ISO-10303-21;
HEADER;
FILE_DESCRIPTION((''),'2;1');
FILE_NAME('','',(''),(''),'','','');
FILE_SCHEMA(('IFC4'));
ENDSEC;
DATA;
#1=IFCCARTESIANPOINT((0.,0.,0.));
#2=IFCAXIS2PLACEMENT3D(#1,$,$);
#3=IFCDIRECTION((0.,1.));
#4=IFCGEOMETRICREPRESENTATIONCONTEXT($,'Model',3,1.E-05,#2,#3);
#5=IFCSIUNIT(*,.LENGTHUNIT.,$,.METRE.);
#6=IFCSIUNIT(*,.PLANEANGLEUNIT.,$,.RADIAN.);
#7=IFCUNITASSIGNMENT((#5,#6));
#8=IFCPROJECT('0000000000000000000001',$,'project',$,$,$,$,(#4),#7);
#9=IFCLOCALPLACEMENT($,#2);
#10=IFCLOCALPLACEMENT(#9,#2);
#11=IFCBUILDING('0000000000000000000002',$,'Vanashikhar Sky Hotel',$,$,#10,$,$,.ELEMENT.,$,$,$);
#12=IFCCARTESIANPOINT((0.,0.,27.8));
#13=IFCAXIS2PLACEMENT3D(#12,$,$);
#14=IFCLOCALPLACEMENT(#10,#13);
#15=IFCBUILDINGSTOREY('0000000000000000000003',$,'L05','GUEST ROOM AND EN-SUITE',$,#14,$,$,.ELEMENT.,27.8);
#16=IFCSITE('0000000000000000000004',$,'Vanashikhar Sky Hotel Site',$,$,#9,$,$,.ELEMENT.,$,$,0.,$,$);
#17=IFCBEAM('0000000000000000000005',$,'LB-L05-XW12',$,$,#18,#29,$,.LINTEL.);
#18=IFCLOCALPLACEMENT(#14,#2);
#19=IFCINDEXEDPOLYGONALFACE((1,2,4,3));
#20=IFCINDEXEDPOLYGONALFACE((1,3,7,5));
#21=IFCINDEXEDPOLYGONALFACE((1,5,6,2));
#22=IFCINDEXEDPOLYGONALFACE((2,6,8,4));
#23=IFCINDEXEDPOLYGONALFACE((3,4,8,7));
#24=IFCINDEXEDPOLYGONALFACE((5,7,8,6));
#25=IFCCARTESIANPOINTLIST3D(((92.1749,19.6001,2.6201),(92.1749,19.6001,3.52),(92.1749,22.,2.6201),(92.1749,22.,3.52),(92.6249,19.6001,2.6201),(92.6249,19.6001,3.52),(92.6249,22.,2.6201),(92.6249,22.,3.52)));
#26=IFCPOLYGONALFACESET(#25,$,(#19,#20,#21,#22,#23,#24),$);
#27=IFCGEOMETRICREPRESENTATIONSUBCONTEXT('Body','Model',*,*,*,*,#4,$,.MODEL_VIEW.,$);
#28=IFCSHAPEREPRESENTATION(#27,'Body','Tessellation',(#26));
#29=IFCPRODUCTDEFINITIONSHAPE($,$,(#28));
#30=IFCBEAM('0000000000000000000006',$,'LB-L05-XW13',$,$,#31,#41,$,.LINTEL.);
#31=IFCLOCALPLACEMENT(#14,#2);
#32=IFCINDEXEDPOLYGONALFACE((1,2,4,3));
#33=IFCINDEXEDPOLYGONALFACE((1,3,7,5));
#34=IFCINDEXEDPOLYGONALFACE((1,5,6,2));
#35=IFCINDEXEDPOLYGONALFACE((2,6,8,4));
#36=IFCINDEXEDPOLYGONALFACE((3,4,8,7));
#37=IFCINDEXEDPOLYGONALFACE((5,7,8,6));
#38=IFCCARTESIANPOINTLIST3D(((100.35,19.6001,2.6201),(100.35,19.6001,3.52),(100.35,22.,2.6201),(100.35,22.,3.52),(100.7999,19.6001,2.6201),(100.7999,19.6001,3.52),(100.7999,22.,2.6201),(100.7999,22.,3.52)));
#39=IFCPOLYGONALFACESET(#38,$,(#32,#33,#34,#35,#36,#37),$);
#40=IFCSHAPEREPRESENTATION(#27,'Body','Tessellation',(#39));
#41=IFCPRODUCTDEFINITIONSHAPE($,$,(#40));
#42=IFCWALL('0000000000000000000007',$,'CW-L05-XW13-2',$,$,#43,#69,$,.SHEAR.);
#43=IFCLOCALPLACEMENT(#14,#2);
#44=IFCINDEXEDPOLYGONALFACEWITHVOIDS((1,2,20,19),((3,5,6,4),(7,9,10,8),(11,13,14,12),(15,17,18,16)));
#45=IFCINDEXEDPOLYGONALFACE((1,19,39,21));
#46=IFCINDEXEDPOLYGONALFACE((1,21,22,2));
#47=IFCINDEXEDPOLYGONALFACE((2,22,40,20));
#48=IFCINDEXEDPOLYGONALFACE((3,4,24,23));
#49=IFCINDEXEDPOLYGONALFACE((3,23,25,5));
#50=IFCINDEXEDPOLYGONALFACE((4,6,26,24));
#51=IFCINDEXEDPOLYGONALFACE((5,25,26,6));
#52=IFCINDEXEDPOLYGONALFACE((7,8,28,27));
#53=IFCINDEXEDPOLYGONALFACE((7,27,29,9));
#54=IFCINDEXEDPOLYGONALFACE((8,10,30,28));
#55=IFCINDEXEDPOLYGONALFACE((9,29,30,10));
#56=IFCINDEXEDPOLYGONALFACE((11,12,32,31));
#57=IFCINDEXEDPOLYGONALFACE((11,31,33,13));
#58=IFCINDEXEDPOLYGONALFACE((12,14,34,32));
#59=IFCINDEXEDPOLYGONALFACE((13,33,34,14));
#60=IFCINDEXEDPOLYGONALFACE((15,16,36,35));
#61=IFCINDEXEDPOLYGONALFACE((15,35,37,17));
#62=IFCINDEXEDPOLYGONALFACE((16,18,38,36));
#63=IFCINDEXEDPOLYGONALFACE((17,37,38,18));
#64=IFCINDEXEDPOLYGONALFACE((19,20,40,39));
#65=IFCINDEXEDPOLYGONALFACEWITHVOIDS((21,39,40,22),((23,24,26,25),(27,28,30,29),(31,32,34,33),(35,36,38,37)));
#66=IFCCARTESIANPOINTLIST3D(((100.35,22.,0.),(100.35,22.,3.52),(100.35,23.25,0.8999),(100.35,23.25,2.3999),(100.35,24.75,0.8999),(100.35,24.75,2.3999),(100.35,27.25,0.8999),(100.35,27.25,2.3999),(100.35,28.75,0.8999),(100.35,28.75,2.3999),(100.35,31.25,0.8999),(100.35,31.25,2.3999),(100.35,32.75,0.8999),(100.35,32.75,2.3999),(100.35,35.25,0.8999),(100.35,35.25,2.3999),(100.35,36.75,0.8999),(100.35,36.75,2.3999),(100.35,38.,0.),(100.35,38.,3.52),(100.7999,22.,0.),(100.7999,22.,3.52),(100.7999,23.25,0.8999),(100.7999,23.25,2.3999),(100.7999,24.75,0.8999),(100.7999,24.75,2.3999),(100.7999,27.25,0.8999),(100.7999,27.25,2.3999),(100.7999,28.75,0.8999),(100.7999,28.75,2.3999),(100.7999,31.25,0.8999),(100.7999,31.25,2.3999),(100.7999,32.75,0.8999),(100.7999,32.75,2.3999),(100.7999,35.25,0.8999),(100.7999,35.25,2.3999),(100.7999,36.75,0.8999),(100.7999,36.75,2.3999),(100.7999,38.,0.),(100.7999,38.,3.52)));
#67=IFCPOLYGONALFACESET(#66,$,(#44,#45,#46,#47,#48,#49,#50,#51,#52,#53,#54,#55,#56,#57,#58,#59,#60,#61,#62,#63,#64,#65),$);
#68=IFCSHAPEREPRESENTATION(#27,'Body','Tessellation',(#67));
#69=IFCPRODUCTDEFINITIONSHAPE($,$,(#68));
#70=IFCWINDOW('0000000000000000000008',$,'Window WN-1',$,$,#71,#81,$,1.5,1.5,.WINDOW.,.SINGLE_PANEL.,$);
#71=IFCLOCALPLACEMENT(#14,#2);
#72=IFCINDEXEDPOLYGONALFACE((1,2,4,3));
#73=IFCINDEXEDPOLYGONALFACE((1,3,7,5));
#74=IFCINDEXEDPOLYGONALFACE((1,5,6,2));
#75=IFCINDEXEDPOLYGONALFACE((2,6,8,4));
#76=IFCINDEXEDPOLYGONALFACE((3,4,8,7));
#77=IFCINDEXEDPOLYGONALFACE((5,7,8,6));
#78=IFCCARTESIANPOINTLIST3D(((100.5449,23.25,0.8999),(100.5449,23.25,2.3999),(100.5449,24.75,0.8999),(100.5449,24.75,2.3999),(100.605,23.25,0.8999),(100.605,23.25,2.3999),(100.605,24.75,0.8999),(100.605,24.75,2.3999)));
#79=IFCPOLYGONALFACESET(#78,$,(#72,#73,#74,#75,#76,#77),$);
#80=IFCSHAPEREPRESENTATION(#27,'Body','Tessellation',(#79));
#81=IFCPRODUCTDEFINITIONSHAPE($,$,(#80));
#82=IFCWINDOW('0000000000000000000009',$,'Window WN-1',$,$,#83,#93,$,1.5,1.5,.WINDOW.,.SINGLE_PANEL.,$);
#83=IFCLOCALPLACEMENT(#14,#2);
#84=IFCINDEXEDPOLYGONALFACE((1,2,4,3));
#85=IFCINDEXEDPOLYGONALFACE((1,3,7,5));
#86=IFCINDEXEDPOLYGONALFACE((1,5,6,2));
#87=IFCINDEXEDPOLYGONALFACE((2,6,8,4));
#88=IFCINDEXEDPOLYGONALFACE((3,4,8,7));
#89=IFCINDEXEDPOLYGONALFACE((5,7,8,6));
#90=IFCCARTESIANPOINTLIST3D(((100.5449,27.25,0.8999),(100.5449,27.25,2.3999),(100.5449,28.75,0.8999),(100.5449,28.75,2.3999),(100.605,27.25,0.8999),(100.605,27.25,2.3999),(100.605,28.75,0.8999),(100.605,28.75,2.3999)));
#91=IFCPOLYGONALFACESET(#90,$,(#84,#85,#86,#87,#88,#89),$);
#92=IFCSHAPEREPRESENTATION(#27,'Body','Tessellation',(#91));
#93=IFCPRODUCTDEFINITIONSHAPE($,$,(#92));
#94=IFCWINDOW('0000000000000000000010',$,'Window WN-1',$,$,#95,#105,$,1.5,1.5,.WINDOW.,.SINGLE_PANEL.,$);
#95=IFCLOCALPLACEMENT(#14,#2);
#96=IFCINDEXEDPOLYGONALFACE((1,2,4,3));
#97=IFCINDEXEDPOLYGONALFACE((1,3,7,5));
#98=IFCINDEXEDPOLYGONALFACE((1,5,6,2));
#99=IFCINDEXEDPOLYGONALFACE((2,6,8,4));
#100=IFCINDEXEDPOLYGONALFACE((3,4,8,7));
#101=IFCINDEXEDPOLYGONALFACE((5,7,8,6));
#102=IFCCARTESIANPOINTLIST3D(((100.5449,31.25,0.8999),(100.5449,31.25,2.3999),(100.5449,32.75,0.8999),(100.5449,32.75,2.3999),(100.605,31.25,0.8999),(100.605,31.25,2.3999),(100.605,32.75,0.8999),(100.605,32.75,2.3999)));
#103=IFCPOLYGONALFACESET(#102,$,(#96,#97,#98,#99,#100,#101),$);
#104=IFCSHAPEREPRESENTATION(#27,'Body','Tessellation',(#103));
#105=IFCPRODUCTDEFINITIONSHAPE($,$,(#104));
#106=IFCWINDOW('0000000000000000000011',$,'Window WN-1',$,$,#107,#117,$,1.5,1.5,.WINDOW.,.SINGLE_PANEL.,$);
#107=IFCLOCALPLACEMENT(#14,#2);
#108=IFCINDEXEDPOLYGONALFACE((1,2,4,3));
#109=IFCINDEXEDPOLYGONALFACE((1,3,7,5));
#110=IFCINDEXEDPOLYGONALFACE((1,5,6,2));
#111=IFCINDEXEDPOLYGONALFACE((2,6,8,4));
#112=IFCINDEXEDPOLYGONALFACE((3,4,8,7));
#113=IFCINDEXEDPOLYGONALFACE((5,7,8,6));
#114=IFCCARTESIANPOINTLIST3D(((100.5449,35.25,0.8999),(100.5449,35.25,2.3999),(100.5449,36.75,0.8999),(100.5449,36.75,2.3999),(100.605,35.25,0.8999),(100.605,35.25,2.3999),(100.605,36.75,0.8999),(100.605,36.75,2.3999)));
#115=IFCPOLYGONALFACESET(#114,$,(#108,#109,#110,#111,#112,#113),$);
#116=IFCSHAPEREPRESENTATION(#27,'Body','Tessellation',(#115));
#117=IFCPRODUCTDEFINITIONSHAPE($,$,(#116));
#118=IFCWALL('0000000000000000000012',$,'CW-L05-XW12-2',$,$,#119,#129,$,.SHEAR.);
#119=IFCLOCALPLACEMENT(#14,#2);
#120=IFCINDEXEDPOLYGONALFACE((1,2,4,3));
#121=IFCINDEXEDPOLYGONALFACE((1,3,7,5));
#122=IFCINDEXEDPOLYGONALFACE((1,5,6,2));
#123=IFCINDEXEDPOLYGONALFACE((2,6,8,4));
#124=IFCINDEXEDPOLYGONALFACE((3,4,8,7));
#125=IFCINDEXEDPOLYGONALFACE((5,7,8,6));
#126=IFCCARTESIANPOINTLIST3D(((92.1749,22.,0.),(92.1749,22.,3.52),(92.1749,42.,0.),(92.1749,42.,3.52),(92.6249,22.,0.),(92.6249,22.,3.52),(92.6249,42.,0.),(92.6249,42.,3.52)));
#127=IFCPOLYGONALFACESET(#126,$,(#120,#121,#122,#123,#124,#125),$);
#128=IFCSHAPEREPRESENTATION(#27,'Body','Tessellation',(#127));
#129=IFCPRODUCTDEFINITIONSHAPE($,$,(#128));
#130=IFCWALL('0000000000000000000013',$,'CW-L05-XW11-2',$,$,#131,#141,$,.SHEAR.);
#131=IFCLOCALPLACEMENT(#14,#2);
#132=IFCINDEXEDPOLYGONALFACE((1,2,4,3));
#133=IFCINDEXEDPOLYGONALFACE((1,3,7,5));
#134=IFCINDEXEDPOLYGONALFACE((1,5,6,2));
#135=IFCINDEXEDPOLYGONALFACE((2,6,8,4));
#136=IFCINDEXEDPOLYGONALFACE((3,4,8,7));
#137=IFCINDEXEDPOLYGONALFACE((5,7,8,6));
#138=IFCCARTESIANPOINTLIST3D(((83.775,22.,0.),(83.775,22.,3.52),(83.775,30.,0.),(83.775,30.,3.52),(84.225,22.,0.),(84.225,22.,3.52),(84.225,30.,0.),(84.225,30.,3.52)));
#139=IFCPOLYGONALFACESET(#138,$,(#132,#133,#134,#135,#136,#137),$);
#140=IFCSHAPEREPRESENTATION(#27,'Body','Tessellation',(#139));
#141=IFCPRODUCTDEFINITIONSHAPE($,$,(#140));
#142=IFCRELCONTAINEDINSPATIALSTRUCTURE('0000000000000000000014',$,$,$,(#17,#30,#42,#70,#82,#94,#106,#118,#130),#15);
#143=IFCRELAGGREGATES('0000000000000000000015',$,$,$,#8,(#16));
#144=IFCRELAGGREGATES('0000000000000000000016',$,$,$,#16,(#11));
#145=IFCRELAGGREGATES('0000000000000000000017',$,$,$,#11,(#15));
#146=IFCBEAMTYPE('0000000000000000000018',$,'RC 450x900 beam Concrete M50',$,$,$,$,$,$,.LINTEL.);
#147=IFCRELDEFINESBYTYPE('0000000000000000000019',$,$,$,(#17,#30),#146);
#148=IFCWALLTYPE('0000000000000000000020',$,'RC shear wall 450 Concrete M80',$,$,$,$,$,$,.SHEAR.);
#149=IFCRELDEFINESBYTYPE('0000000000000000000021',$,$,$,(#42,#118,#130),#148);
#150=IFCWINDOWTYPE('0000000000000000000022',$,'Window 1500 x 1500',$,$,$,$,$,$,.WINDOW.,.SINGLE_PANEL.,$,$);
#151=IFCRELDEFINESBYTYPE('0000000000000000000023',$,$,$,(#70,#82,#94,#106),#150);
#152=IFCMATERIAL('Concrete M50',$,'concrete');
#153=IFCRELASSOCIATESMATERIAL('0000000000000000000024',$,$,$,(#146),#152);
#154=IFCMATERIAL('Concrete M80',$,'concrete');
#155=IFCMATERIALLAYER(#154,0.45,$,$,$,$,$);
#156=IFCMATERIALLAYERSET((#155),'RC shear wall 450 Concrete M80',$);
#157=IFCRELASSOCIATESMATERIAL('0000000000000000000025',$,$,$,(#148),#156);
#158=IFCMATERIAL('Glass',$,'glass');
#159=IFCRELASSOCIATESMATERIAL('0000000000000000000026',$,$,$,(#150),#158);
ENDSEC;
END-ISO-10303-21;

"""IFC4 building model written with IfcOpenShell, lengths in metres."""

from ifc_helpers import new_model, si_unit, direction, frame, frame_2d, origin, origin_2d, place, context, subcontext, project, spatial, rectangle, extrude, source, transform, mapped, material, layer, layer_set, material_profile, profile_set, type_object, element, fill, save


model = new_model("IFC4")

# Units and contexts
model_context = context("Model", 3, precision=1e-05, world=origin(), true_north=direction((0.0, 1.0)))
body_context = subcontext(model_context, "Body", "Model", "MODEL_VIEW")
ifc_project = project(units=[si_unit("LENGTHUNIT", "METRE"), si_unit("PLANEANGLEUNIT", "RADIAN")], contexts=[model_context])

# Site, building, storey
site_placement = place(None, origin())
site = spatial("IfcSite", under=ifc_project, at=site_placement, Name="Vanashikhar Sky Hotel Site", CompositionType="ELEMENT", RefElevation=0.0)
building_placement = place(site_placement, origin())
building = spatial("IfcBuilding", under=site, at=building_placement, Name="Vanashikhar Sky Hotel", CompositionType="ELEMENT")
storey_placement = place(building_placement, frame((0.0, 0.0, 27.8)))
storey = spatial("IfcBuildingStorey", under=building, at=storey_placement, Name="L05", Description="GUEST ROOM AND EN-SUITE", CompositionType="ELEMENT", Elevation=27.8)

# Beams
ifc_material_1 = material(Name="Concrete M50", Category="concrete")
ifc_material_profile = material_profile(ifc_material_1, rectangle(XDim=0.45, YDim=0.8999, at=origin_2d()))
ifc_profile_set = profile_set([ifc_material_profile], Name="RC 450x900 beam Concrete M50")
beam_type = type_object("IfcBeamType", Name="RC 450x900 beam Concrete M50", PredefinedType="LINTEL", material=ifc_profile_set)
shared_shape_1 = source(origin(), body_context, "Body", "SweptSolid", [
    extrude(rectangle(XDim=0.45, YDim=0.8999, at=origin_2d()), origin(), (0.0, 0.0, 1.0), 2.3999),
])
for number, where, z_axis, x_axis, name in (
    (1, (92.3999, 19.6001, 3.0701), (0.0, 1.0, 0.0), (-1.0, 0.0, 0.0), "LB-L05-XW12"),
    (2, (100.575, 19.6001, 3.0701), (0.0, 1.0, 0.0), (-1.0, 0.0, 0.0), "LB-L05-XW13"),
):
    element("IfcBeam", number, at=place(storey_placement, frame(where, z_axis=z_axis, x_axis=x_axis)), inside=storey, type_object=beam_type, Name=name, PredefinedType="LINTEL", context=body_context, shape_type="MappedRepresentation", body=[
        mapped(shared_shape_1, transform((0.0, 0.0, 0.0), scale=1.0)),
    ])

# Wall, openings, windows
ifc_material_2 = material(Name="Concrete M80", Category="concrete")
ifc_layer_1 = layer(ifc_material_2, 0.45)
ifc_layer_set_1 = layer_set([ifc_layer_1], Name="RC shear wall 450 Concrete M80")
wall_type_1 = type_object("IfcWallType", Name="RC shear wall 450 Concrete M80", PredefinedType="SHEAR", material=ifc_layer_set_1)
shared_shape_2 = source(origin(), body_context, "Body", "SweptSolid", [
    extrude(rectangle(XDim=16.0, YDim=0.45, at=frame_2d((8.0, 0.0))), origin(), (0.0, 0.0, 1.0), 3.52),
])
wall_1_placement = place(storey_placement, frame((100.575, 22.0, 0.0), z_axis=(0.0, 0.0, 1.0), x_axis=(0.0, 1.0, 0.0)))
wall_1 = element("IfcWall", 3, at=wall_1_placement, inside=storey, type_object=wall_type_1, Name="CW-L05-XW13-2", PredefinedType="SHEAR", context=body_context, shape_type="MappedRepresentation", body=[
    mapped(shared_shape_2, transform((0.0, 0.0, 0.0), scale=1.0)),
])
shared_shape_3 = source(origin(), body_context, "Body", "SweptSolid", [
    extrude(rectangle(XDim=1.5, YDim=1.5, at=frame_2d((0.75, 0.75))), frame((0.0, 0.2349, 0.0), z_axis=(0.0, -1.0, 0.0), x_axis=(1.0, 0.0, 0.0)), (0.0, 0.0, 1.0), 0.47),
])
opening_1_placement = place(wall_1_placement, frame((1.25, 0.0, 0.8999)))
opening_1 = element("IfcOpeningElement", 4, at=opening_1_placement, cuts=wall_1, PredefinedType="OPENING", context=body_context, shape_type="MappedRepresentation", body=[
    mapped(shared_shape_3, transform((0.0, 0.0, 0.0), scale=1.0)),
])
opening_2_placement = place(wall_1_placement, frame((5.25, 0.0, 0.8999)))
opening_2 = element("IfcOpeningElement", 5, at=opening_2_placement, cuts=wall_1, PredefinedType="OPENING", context=body_context, shape_type="MappedRepresentation", body=[
    mapped(shared_shape_3, transform((0.0, 0.0, 0.0), scale=1.0)),
])
opening_3_placement = place(wall_1_placement, frame((9.25, 0.0, 0.8999)))
opening_3 = element("IfcOpeningElement", 6, at=opening_3_placement, cuts=wall_1, PredefinedType="OPENING", context=body_context, shape_type="MappedRepresentation", body=[
    mapped(shared_shape_3, transform((0.0, 0.0, 0.0), scale=1.0)),
])
opening_4_placement = place(wall_1_placement, frame((13.25, 0.0, 0.8999)))
opening_4 = element("IfcOpeningElement", 7, at=opening_4_placement, cuts=wall_1, PredefinedType="OPENING", context=body_context, shape_type="MappedRepresentation", body=[
    mapped(shared_shape_3, transform((0.0, 0.0, 0.0), scale=1.0)),
])
ifc_material_3 = material(Name="Glass", Category="glass")
window_type_1 = type_object("IfcWindowType", Name="Window 1500 x 1500", PartitioningType="SINGLE_PANEL", PredefinedType="WINDOW", material=ifc_material_3)
shared_shape_4 = source(origin(), body_context, "Body", "SweptSolid", [
    extrude(rectangle(XDim=1.5, YDim=1.5, at=frame_2d((0.75, 0.75))), frame((0.0, 0.03, 0.0), z_axis=(0.0, -1.0, 0.0), x_axis=(1.0, 0.0, 0.0)), (0.0, 0.0, 1.0), 0.0601),
])
window_1_placement = place(opening_1_placement, origin())
window_1 = element("IfcWindow", 8, at=window_1_placement, inside=storey, type_object=window_type_1, Name="Window WN-1", OverallHeight=1.5, OverallWidth=1.5, PartitioningType="SINGLE_PANEL", PredefinedType="WINDOW", context=body_context, shape_type="MappedRepresentation", body=[
    mapped(shared_shape_4, transform((0.0, 0.0, 0.0), scale=1.0)),
])
fill(opening_1, window_1)
window_2_placement = place(opening_2_placement, origin())
window_2 = element("IfcWindow", 9, at=window_2_placement, inside=storey, type_object=window_type_1, Name="Window WN-1", OverallHeight=1.5, OverallWidth=1.5, PartitioningType="SINGLE_PANEL", PredefinedType="WINDOW", context=body_context, shape_type="MappedRepresentation", body=[
    mapped(shared_shape_4, transform((0.0, 0.0, 0.0), scale=1.0)),
])
fill(opening_2, window_2)
window_3_placement = place(opening_3_placement, origin())
window_3 = element("IfcWindow", 10, at=window_3_placement, inside=storey, type_object=window_type_1, Name="Window WN-1", OverallHeight=1.5, OverallWidth=1.5, PartitioningType="SINGLE_PANEL", PredefinedType="WINDOW", context=body_context, shape_type="MappedRepresentation", body=[
    mapped(shared_shape_4, transform((0.0, 0.0, 0.0), scale=1.0)),
])
fill(opening_3, window_3)
window_4_placement = place(opening_4_placement, origin())
window_4 = element("IfcWindow", 11, at=window_4_placement, inside=storey, type_object=window_type_1, Name="Window WN-1", OverallHeight=1.5, OverallWidth=1.5, PartitioningType="SINGLE_PANEL", PredefinedType="WINDOW", context=body_context, shape_type="MappedRepresentation", body=[
    mapped(shared_shape_4, transform((0.0, 0.0, 0.0), scale=1.0)),
])
fill(opening_4, window_4)

# Walls
shared_shape_5 = source(origin(), body_context, "Body", "SweptSolid", [
    extrude(rectangle(XDim=20.0, YDim=0.45, at=frame_2d((10.0, 0.0))), origin(), (0.0, 0.0, 1.0), 3.52),
])
wall_2_placement = place(storey_placement, frame((92.3999, 22.0, 0.0), z_axis=(0.0, 0.0, 1.0), x_axis=(0.0, 1.0, 0.0)))
element("IfcWall", 12, at=wall_2_placement, inside=storey, type_object=wall_type_1, Name="CW-L05-XW12-2", PredefinedType="SHEAR", context=body_context, shape_type="MappedRepresentation", body=[
    mapped(shared_shape_5, transform((0.0, 0.0, 0.0), scale=1.0)),
])
shared_shape_6 = source(origin(), body_context, "Body", "SweptSolid", [
    extrude(rectangle(XDim=8.0, YDim=0.45, at=frame_2d((4.0, 0.0))), origin(), (0.0, 0.0, 1.0), 3.52),
])
wall_3_placement = place(storey_placement, frame((84.0, 22.0, 0.0), z_axis=(0.0, 0.0, 1.0), x_axis=(0.0, 1.0, 0.0)))
element("IfcWall", 13, at=wall_3_placement, inside=storey, type_object=wall_type_1, Name="CW-L05-XW11-2", PredefinedType="SHEAR", context=body_context, shape_type="MappedRepresentation", body=[
    mapped(shared_shape_6, transform((0.0, 0.0, 0.0), scale=1.0)),
])

save(model, "model.ifc")
